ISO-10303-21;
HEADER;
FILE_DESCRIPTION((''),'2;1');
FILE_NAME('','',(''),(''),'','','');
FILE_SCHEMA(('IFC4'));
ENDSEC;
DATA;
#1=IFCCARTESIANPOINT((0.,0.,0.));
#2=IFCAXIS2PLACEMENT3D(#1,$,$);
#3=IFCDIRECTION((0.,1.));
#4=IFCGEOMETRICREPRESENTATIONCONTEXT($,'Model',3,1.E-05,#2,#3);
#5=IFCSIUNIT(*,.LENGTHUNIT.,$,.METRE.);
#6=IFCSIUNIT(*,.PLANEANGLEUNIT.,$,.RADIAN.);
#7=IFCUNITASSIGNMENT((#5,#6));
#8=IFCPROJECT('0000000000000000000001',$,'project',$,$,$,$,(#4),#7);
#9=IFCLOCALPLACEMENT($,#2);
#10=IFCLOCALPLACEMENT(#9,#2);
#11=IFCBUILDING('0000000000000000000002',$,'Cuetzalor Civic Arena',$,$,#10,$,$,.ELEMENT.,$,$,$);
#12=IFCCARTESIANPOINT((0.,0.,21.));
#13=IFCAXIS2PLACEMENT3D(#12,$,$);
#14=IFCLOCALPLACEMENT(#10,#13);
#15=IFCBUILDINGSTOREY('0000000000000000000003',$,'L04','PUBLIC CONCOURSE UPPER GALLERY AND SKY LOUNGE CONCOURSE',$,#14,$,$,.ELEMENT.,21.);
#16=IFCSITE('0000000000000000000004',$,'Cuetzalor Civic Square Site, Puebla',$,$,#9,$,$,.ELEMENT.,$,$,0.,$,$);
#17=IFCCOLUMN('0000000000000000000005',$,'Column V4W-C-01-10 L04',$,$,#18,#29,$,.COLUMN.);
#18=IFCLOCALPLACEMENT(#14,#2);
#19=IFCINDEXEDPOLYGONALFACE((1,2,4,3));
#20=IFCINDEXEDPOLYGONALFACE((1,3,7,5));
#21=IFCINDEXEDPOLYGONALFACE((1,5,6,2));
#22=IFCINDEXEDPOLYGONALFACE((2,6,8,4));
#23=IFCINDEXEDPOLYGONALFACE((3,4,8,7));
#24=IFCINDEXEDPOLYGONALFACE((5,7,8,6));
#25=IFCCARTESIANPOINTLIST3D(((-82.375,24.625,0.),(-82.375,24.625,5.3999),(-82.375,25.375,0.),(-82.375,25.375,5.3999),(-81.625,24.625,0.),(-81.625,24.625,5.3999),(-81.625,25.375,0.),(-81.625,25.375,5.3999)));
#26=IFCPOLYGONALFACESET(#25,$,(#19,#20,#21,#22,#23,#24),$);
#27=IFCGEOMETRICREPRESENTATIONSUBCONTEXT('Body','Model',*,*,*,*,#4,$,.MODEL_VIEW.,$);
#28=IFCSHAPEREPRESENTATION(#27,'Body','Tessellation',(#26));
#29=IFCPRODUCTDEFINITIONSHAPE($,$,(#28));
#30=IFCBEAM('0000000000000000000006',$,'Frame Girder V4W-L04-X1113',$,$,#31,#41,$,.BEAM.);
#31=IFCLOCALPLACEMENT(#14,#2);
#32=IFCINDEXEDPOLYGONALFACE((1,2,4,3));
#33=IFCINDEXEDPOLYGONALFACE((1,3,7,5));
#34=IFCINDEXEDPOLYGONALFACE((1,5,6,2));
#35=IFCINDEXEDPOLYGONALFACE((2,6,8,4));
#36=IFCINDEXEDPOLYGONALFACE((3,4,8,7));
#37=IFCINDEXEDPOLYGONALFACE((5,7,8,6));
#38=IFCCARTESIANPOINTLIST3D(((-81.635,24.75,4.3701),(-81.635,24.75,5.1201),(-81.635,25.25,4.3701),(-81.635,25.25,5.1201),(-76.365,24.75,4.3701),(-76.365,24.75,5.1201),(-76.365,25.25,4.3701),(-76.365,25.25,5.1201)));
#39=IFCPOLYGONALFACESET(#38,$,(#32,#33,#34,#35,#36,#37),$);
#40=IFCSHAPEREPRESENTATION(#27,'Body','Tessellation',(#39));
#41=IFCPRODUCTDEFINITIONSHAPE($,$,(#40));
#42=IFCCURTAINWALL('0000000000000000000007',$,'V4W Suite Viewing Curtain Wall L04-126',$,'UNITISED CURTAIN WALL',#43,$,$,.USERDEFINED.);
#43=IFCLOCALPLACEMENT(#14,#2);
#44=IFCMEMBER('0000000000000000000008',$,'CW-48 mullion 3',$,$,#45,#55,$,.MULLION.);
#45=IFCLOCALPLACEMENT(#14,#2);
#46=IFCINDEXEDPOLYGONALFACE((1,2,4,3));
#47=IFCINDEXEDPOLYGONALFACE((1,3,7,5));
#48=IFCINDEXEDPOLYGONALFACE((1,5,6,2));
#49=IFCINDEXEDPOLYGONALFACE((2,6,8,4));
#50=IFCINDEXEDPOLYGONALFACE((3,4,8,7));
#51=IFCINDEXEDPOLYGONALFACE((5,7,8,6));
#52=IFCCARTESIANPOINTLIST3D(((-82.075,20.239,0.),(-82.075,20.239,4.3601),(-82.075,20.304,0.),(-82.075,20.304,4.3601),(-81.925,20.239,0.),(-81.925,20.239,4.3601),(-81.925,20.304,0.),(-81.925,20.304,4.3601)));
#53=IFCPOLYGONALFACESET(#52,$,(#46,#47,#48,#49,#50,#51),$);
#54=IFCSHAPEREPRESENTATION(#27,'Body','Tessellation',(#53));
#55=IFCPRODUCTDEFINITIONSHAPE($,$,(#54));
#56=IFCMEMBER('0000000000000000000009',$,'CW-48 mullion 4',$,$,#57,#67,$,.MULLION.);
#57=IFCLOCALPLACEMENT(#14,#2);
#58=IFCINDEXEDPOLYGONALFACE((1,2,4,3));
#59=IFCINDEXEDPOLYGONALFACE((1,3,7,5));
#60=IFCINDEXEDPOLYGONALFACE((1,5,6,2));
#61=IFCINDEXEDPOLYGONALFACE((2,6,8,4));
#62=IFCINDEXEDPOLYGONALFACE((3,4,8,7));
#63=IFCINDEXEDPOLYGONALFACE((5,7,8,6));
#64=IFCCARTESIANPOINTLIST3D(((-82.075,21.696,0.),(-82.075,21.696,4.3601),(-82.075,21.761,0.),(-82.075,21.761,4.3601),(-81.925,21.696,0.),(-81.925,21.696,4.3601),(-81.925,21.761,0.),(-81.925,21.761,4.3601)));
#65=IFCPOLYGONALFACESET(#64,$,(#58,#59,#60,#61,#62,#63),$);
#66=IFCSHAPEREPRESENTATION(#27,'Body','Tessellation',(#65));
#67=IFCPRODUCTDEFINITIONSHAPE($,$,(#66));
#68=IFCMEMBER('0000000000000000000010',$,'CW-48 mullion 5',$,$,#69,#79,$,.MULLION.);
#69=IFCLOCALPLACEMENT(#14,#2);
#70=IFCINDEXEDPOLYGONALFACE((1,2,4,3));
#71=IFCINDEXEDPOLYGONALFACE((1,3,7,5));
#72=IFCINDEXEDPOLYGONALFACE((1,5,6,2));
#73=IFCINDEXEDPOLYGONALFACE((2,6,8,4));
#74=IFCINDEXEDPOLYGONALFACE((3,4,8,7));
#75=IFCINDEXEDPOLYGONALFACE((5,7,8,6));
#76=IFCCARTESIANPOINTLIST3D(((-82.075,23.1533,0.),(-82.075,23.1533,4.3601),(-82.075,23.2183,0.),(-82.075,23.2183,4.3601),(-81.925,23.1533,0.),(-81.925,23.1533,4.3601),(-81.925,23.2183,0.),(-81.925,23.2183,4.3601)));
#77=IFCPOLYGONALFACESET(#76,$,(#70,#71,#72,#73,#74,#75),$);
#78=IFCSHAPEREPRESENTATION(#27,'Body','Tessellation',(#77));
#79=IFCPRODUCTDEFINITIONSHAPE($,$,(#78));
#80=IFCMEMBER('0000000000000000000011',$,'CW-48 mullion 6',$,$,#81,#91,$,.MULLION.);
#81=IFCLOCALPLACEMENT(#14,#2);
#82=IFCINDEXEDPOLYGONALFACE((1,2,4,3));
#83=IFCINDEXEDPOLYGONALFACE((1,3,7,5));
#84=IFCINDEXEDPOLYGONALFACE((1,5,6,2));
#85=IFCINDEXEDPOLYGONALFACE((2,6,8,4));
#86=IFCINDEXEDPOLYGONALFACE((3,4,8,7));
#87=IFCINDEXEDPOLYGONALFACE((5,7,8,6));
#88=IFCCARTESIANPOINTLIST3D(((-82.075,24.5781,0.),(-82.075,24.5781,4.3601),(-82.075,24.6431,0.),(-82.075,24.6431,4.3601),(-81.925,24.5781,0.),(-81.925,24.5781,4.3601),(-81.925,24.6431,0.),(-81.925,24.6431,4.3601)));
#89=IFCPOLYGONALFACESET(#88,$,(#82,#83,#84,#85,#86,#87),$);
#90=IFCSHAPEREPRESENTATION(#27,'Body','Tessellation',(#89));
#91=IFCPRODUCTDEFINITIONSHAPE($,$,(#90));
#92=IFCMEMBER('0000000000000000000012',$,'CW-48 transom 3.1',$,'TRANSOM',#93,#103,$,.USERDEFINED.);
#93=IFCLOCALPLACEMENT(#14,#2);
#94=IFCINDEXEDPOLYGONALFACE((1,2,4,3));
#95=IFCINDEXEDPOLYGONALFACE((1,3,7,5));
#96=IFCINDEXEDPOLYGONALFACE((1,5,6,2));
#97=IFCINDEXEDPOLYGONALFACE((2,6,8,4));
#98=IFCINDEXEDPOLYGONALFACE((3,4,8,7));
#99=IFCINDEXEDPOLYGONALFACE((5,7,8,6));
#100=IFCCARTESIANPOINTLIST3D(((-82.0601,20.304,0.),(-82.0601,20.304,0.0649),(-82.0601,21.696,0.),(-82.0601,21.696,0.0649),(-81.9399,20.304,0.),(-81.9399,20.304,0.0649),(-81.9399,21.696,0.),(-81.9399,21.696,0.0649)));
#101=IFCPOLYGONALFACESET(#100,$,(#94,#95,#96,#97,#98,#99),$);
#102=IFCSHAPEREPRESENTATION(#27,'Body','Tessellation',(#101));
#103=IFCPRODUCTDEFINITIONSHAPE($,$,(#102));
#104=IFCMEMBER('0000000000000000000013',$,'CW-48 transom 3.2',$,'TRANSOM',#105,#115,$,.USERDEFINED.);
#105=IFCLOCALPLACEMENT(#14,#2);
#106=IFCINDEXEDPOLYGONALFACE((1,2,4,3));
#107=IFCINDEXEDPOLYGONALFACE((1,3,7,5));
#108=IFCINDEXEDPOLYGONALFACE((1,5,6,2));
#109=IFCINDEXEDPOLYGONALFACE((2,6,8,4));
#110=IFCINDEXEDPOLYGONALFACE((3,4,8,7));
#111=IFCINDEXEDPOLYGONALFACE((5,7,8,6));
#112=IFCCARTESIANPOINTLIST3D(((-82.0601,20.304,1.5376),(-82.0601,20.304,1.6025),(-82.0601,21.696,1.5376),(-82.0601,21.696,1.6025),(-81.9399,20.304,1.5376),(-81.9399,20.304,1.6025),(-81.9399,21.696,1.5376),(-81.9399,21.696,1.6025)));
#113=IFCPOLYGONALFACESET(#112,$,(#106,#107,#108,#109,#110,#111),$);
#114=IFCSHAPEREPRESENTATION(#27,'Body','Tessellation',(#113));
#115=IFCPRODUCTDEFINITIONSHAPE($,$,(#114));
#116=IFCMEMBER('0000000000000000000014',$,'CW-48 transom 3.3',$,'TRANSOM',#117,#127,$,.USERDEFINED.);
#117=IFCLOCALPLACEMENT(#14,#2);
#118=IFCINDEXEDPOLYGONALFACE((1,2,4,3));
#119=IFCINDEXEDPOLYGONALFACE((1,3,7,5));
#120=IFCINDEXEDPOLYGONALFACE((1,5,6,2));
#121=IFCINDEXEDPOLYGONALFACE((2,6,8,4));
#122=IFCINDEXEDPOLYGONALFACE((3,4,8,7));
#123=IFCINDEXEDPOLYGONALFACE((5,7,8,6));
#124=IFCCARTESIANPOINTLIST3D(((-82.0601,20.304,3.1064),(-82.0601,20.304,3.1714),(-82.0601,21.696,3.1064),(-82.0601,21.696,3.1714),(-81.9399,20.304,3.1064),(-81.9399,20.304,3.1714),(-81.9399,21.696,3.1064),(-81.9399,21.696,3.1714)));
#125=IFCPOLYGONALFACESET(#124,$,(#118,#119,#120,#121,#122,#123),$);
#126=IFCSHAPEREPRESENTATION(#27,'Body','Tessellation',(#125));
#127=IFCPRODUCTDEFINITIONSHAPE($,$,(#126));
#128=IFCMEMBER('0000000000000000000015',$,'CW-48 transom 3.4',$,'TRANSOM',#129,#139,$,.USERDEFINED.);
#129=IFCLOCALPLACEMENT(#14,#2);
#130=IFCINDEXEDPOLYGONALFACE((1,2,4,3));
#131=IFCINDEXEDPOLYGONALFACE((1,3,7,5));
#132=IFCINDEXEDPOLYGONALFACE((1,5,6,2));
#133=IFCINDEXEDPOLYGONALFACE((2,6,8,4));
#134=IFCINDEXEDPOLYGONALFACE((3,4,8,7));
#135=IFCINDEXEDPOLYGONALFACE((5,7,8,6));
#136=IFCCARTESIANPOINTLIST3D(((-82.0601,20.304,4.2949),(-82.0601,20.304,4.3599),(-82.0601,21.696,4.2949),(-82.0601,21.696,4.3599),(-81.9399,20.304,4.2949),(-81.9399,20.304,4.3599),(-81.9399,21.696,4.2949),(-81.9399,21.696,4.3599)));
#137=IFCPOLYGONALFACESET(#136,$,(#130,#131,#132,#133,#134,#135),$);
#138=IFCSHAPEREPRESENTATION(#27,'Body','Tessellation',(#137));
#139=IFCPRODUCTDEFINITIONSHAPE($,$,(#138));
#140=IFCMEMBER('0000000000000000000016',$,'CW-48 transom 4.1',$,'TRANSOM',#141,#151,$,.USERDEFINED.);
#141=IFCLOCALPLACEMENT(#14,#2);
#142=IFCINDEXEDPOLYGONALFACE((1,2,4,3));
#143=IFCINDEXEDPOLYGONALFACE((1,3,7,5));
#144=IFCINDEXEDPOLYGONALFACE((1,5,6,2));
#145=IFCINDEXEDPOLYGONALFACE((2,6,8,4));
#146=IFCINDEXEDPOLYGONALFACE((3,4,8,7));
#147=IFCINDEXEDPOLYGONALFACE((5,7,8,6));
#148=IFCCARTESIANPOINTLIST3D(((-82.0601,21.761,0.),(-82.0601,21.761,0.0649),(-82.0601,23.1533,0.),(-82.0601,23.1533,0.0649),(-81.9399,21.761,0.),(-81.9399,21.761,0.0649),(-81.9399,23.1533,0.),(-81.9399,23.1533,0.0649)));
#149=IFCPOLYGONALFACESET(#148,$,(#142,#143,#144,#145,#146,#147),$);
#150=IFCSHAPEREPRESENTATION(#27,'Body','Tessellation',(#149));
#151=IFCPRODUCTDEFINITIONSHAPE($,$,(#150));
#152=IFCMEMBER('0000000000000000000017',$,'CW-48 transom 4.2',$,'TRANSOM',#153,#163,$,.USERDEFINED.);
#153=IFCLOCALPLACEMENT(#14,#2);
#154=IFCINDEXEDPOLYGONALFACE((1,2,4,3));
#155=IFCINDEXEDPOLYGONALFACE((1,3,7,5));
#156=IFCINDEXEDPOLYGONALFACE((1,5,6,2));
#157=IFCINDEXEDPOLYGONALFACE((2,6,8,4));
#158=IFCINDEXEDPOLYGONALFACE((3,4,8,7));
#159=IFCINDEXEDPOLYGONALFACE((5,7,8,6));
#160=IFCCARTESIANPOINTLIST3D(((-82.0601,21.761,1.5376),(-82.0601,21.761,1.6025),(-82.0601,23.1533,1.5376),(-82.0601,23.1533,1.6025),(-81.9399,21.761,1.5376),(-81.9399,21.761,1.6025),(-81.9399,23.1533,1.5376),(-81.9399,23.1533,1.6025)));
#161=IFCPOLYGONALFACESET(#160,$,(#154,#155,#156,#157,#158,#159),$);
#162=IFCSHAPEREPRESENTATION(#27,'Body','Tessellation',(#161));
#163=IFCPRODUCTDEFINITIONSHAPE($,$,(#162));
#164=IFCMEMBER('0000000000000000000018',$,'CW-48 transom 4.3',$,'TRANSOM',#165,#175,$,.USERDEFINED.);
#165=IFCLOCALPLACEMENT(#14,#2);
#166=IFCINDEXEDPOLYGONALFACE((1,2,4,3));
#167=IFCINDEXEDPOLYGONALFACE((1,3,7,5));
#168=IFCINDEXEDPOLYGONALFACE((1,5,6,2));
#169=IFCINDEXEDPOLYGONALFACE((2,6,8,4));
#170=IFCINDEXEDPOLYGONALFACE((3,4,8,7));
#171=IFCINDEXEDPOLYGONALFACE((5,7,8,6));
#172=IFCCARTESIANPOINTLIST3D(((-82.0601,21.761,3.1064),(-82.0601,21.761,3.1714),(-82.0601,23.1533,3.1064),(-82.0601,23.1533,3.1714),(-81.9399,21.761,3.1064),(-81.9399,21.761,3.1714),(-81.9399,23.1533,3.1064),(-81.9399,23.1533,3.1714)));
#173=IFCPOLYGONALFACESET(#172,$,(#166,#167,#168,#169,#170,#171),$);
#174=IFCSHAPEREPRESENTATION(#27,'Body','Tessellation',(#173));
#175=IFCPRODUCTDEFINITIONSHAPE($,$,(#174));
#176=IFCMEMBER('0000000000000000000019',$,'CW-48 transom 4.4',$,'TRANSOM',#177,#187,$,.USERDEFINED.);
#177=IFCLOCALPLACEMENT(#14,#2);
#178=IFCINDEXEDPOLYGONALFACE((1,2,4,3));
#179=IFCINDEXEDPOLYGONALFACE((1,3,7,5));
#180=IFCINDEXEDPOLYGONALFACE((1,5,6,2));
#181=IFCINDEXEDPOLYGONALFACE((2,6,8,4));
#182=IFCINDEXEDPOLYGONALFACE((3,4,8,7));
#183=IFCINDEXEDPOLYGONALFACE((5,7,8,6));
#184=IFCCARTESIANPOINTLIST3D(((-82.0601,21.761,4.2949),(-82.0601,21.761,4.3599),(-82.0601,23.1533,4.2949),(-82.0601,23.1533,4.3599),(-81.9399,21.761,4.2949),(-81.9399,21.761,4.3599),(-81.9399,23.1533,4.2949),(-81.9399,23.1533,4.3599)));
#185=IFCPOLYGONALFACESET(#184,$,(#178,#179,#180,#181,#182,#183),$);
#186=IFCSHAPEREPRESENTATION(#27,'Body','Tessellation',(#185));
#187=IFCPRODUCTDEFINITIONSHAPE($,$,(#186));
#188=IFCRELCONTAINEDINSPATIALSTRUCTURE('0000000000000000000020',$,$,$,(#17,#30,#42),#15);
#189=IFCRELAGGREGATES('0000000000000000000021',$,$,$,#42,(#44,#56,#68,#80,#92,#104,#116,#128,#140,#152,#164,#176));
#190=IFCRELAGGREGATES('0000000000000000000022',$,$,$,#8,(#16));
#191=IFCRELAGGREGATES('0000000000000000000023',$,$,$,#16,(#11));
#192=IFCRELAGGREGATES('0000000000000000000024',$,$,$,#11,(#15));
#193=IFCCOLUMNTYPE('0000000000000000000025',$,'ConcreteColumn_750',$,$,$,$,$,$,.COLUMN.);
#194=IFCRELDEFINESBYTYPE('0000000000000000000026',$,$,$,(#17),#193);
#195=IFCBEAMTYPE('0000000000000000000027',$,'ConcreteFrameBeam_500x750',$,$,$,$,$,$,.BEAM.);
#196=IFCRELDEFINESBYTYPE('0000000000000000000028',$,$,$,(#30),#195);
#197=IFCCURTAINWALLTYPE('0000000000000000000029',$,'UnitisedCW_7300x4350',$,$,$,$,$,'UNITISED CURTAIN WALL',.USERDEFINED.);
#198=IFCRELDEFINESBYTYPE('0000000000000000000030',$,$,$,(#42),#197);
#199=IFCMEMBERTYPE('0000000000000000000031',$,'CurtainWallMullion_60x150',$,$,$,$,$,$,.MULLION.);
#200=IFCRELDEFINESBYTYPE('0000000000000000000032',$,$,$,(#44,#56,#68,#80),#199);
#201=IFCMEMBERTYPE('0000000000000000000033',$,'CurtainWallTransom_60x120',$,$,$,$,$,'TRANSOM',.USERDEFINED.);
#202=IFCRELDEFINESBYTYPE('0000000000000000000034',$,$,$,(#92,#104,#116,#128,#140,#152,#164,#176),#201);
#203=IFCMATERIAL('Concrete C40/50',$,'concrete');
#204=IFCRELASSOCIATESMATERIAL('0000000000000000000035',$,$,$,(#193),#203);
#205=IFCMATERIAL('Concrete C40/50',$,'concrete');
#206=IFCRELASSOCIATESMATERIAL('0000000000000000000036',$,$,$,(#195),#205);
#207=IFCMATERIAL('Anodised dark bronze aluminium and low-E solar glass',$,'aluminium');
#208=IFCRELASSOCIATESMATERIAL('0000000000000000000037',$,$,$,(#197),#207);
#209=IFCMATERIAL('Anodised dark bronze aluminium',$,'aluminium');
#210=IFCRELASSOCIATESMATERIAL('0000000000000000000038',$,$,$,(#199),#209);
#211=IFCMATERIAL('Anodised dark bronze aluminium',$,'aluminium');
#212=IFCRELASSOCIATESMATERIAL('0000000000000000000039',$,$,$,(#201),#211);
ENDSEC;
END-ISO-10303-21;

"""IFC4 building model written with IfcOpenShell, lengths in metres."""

from ifc_helpers import new_model, si_unit, direction, frame, origin, origin_2d, place, context, subcontext, project, spatial, rectangle, extrude, material, material_profile, profile_set, type_object, element, aggregate, save


model = new_model("IFC4")

# Units and contexts
model_context = context("Model", 3, precision=1e-05, world=origin(), true_north=direction((0.0, 1.0)))
body_context = subcontext(model_context, "Body", "Model", "MODEL_VIEW")
ifc_project = project(units=[si_unit("LENGTHUNIT", "METRE"), si_unit("PLANEANGLEUNIT", "RADIAN")], contexts=[model_context])

# Site, building, storey
site_placement = place(None, origin())
site = spatial("IfcSite", under=ifc_project, at=site_placement, Name="Cuetzalor Civic Square Site, Puebla", CompositionType="ELEMENT", RefElevation=0.0)
building_placement = place(site_placement, origin())
building = spatial("IfcBuilding", under=site, at=building_placement, Name="Cuetzalor Civic Arena", CompositionType="ELEMENT")
storey_placement = place(building_placement, frame((0.0, 0.0, 21.0)))
storey = spatial("IfcBuildingStorey", under=building, at=storey_placement, Name="L04", Description="PUBLIC CONCOURSE UPPER GALLERY AND SKY LOUNGE CONCOURSE", CompositionType="ELEMENT", Elevation=21.0)

# Column
ifc_material_1 = material(Name="Concrete C40/50", Category="concrete")
ifc_material_profile_1 = material_profile(ifc_material_1, rectangle(XDim=0.75, YDim=0.75, at=origin_2d()), Name="RC 750x750")
ifc_profile_set_1 = profile_set([ifc_material_profile_1], Name="Concrete C40/50")
column_type = type_object("IfcColumnType", Name="ConcreteColumn_750", PredefinedType="COLUMN", material=ifc_profile_set_1)
column_placement = place(storey_placement, frame((-82.0, 25.0, 0.0), z_axis=(0.0, 0.0, 1.0), x_axis=(1.0, 0.0, 0.0)))
element("IfcColumn", 1, at=column_placement, inside=storey, type_object=column_type, Name="Column V4W-C-01-10 L04", PredefinedType="COLUMN", context=body_context, shape_type="SweptSolid", body=[
    extrude(rectangle(XDim=0.75, YDim=0.75, at=origin_2d()), origin(), (0.0, 0.0, 1.0), 5.3999),
])

# Beam
ifc_material_2 = material(Name="Concrete C40/50", Category="concrete")
ifc_material_profile_2 = material_profile(ifc_material_2, rectangle(XDim=0.5, YDim=0.75, at=origin_2d()), Name="RC 500x750")
ifc_profile_set_2 = profile_set([ifc_material_profile_2], Name="Concrete C40/50")
beam_type_1 = type_object("IfcBeamType", Name="ConcreteFrameBeam_500x750", PredefinedType="BEAM", material=ifc_profile_set_2)
beam_1_placement = place(storey_placement, frame((-81.635, 25.0, 4.7451), z_axis=(1.0, 0.0, 0.0), x_axis=(0.0, 1.0, 0.0)))
element("IfcBeam", 2, at=beam_1_placement, inside=storey, type_object=beam_type_1, Name="Frame Girder V4W-L04-X1113", PredefinedType="BEAM", context=body_context, shape_type="SweptSolid", body=[
    extrude(rectangle(XDim=0.5, YDim=0.75, at=origin_2d()), origin(), (0.0, 0.0, 1.0), 5.27),
])

# Curtain wall, members
ifc_material_3 = material(Name="Anodised dark bronze aluminium and low-E solar glass", Category="aluminium")
curtain_wall_type = type_object("IfcCurtainWallType", Name="UnitisedCW_7300x4350", ElementType="UNITISED CURTAIN WALL", PredefinedType="USERDEFINED", material=ifc_material_3)
curtain_wall_placement = place(storey_placement, origin())
curtain_wall = element("IfcCurtainWall", 3, at=curtain_wall_placement, inside=storey, type_object=curtain_wall_type, Name="V4W Suite Viewing Curtain Wall L04-126", ObjectType="UNITISED CURTAIN WALL", PredefinedType="USERDEFINED")
ifc_material_4 = material(Name="Anodised dark bronze aluminium", Category="aluminium")
ifc_material_profile_3 = material_profile(ifc_material_4, rectangle(XDim=0.0649, YDim=0.1499, at=origin_2d()), Name="ALU MULLION 65x150")
ifc_profile_set_3 = profile_set([ifc_material_profile_3], Name="Anodised dark bronze aluminium")
member_type_1 = type_object("IfcMemberType", Name="CurtainWallMullion_60x150", PredefinedType="MULLION", material=ifc_profile_set_3)
member_1_placement = place(storey_placement, frame((-82.0, 20.2715, 0.0), z_axis=(0.0, 0.0, 1.0), x_axis=(0.0, 1.0, 0.0)))
member_1 = element("IfcMember", 4, at=member_1_placement, type_object=member_type_1, Name="CW-48 mullion 3", PredefinedType="MULLION", context=body_context, shape_type="SweptSolid", body=[
    extrude(rectangle(XDim=0.0649, YDim=0.1499, at=origin_2d()), origin(), (0.0, 0.0, 1.0), 4.3601),
])
member_2_placement = place(storey_placement, frame((-82.0, 21.7285, 0.0), z_axis=(0.0, 0.0, 1.0), x_axis=(0.0, 1.0, 0.0)))
member_2 = element("IfcMember", 5, at=member_2_placement, type_object=member_type_1, Name="CW-48 mullion 4", PredefinedType="MULLION", context=body_context, shape_type="SweptSolid", body=[
    extrude(rectangle(XDim=0.0649, YDim=0.1499, at=origin_2d()), origin(), (0.0, 0.0, 1.0), 4.3601),
])
member_3_placement = place(storey_placement, frame((-82.0, 23.1858, 0.0), z_axis=(0.0, 0.0, 1.0), x_axis=(0.0, 1.0, 0.0)))
member_3 = element("IfcMember", 6, at=member_3_placement, type_object=member_type_1, Name="CW-48 mullion 5", PredefinedType="MULLION", context=body_context, shape_type="SweptSolid", body=[
    extrude(rectangle(XDim=0.0649, YDim=0.1499, at=origin_2d()), origin(), (0.0, 0.0, 1.0), 4.3601),
])
member_4_placement = place(storey_placement, frame((-82.0, 24.6106, 0.0), z_axis=(0.0, 0.0, 1.0), x_axis=(0.0, 1.0, 0.0)))
member_4 = element("IfcMember", 7, at=member_4_placement, type_object=member_type_1, Name="CW-48 mullion 6", PredefinedType="MULLION", context=body_context, shape_type="SweptSolid", body=[
    extrude(rectangle(XDim=0.0649, YDim=0.1499, at=origin_2d()), origin(), (0.0, 0.0, 1.0), 4.3601),
])
ifc_material_5 = material(Name="Anodised dark bronze aluminium", Category="aluminium")
ifc_material_profile_4 = material_profile(ifc_material_5, rectangle(XDim=0.1201, YDim=0.0649, at=origin_2d()), Name="ALU TRANSOM 65x120")
ifc_profile_set_4 = profile_set([ifc_material_profile_4], Name="Anodised dark bronze aluminium")
member_type_2 = type_object("IfcMemberType", Name="CurtainWallTransom_60x120", ElementType="TRANSOM", PredefinedType="USERDEFINED", material=ifc_profile_set_4)
member_5_placement = place(storey_placement, frame((-82.0, 20.304, 0.0325), z_axis=(0.0, 1.0, 0.0), x_axis=(-1.0, 0.0, 0.0)))
member_5 = element("IfcMember", 8, at=member_5_placement, type_object=member_type_2, Name="CW-48 transom 3.1", ObjectType="TRANSOM", PredefinedType="USERDEFINED", context=body_context, shape_type="SweptSolid", body=[
    extrude(rectangle(XDim=0.1201, YDim=0.0649, at=origin_2d()), origin(), (0.0, 0.0, 1.0), 1.3921),
])
member_6_placement = place(storey_placement, frame((-82.0, 20.304, 1.5701), z_axis=(0.0, 1.0, 0.0), x_axis=(-1.0, 0.0, 0.0)))
member_6 = element("IfcMember", 9, at=member_6_placement, type_object=member_type_2, Name="CW-48 transom 3.2", ObjectType="TRANSOM", PredefinedType="USERDEFINED", context=body_context, shape_type="SweptSolid", body=[
    extrude(rectangle(XDim=0.1201, YDim=0.0649, at=origin_2d()), origin(), (0.0, 0.0, 1.0), 1.3921),
])
member_7_placement = place(storey_placement, frame((-82.0, 20.304, 3.1389), z_axis=(0.0, 1.0, 0.0), x_axis=(-1.0, 0.0, 0.0)))
member_7 = element("IfcMember", 10, at=member_7_placement, type_object=member_type_2, Name="CW-48 transom 3.3", ObjectType="TRANSOM", PredefinedType="USERDEFINED", context=body_context, shape_type="SweptSolid", body=[
    extrude(rectangle(XDim=0.1201, YDim=0.0649, at=origin_2d()), origin(), (0.0, 0.0, 1.0), 1.3921),
])
member_8_placement = place(storey_placement, frame((-82.0, 20.304, 4.3274), z_axis=(0.0, 1.0, 0.0), x_axis=(-1.0, 0.0, 0.0)))
member_8 = element("IfcMember", 11, at=member_8_placement, type_object=member_type_2, Name="CW-48 transom 3.4", ObjectType="TRANSOM", PredefinedType="USERDEFINED", context=body_context, shape_type="SweptSolid", body=[
    extrude(rectangle(XDim=0.1201, YDim=0.0649, at=origin_2d()), origin(), (0.0, 0.0, 1.0), 1.3921),
])
member_9_placement = place(storey_placement, frame((-82.0, 21.761, 0.0325), z_axis=(0.0, 1.0, 0.0), x_axis=(-1.0, 0.0, 0.0)))
member_9 = element("IfcMember", 12, at=member_9_placement, type_object=member_type_2, Name="CW-48 transom 4.1", ObjectType="TRANSOM", PredefinedType="USERDEFINED", context=body_context, shape_type="SweptSolid", body=[
    extrude(rectangle(XDim=0.1201, YDim=0.0649, at=origin_2d()), origin(), (0.0, 0.0, 1.0), 1.3923),
])
member_10_placement = place(storey_placement, frame((-82.0, 21.761, 1.5701), z_axis=(0.0, 1.0, 0.0), x_axis=(-1.0, 0.0, 0.0)))
member_10 = element("IfcMember", 13, at=member_10_placement, type_object=member_type_2, Name="CW-48 transom 4.2", ObjectType="TRANSOM", PredefinedType="USERDEFINED", context=body_context, shape_type="SweptSolid", body=[
    extrude(rectangle(XDim=0.1201, YDim=0.0649, at=origin_2d()), origin(), (0.0, 0.0, 1.0), 1.3923),
])
member_11_placement = place(storey_placement, frame((-82.0, 21.761, 3.1389), z_axis=(0.0, 1.0, 0.0), x_axis=(-1.0, 0.0, 0.0)))
member_11 = element("IfcMember", 14, at=member_11_placement, type_object=member_type_2, Name="CW-48 transom 4.3", ObjectType="TRANSOM", PredefinedType="USERDEFINED", context=body_context, shape_type="SweptSolid", body=[
    extrude(rectangle(XDim=0.1201, YDim=0.0649, at=origin_2d()), origin(), (0.0, 0.0, 1.0), 1.3923),
])
member_12_placement = place(storey_placement, frame((-82.0, 21.761, 4.3274), z_axis=(0.0, 1.0, 0.0), x_axis=(-1.0, 0.0, 0.0)))
member_12 = element("IfcMember", 15, at=member_12_placement, type_object=member_type_2, Name="CW-48 transom 4.4", ObjectType="TRANSOM", PredefinedType="USERDEFINED", context=body_context, shape_type="SweptSolid", body=[
    extrude(rectangle(XDim=0.1201, YDim=0.0649, at=origin_2d()), origin(), (0.0, 0.0, 1.0), 1.3923),
])

aggregate(curtain_wall, [member_1, member_2, member_3, member_4, member_5, member_6, member_7, member_8, member_9, member_10, member_11, member_12])

save(model, "model.ifc")
